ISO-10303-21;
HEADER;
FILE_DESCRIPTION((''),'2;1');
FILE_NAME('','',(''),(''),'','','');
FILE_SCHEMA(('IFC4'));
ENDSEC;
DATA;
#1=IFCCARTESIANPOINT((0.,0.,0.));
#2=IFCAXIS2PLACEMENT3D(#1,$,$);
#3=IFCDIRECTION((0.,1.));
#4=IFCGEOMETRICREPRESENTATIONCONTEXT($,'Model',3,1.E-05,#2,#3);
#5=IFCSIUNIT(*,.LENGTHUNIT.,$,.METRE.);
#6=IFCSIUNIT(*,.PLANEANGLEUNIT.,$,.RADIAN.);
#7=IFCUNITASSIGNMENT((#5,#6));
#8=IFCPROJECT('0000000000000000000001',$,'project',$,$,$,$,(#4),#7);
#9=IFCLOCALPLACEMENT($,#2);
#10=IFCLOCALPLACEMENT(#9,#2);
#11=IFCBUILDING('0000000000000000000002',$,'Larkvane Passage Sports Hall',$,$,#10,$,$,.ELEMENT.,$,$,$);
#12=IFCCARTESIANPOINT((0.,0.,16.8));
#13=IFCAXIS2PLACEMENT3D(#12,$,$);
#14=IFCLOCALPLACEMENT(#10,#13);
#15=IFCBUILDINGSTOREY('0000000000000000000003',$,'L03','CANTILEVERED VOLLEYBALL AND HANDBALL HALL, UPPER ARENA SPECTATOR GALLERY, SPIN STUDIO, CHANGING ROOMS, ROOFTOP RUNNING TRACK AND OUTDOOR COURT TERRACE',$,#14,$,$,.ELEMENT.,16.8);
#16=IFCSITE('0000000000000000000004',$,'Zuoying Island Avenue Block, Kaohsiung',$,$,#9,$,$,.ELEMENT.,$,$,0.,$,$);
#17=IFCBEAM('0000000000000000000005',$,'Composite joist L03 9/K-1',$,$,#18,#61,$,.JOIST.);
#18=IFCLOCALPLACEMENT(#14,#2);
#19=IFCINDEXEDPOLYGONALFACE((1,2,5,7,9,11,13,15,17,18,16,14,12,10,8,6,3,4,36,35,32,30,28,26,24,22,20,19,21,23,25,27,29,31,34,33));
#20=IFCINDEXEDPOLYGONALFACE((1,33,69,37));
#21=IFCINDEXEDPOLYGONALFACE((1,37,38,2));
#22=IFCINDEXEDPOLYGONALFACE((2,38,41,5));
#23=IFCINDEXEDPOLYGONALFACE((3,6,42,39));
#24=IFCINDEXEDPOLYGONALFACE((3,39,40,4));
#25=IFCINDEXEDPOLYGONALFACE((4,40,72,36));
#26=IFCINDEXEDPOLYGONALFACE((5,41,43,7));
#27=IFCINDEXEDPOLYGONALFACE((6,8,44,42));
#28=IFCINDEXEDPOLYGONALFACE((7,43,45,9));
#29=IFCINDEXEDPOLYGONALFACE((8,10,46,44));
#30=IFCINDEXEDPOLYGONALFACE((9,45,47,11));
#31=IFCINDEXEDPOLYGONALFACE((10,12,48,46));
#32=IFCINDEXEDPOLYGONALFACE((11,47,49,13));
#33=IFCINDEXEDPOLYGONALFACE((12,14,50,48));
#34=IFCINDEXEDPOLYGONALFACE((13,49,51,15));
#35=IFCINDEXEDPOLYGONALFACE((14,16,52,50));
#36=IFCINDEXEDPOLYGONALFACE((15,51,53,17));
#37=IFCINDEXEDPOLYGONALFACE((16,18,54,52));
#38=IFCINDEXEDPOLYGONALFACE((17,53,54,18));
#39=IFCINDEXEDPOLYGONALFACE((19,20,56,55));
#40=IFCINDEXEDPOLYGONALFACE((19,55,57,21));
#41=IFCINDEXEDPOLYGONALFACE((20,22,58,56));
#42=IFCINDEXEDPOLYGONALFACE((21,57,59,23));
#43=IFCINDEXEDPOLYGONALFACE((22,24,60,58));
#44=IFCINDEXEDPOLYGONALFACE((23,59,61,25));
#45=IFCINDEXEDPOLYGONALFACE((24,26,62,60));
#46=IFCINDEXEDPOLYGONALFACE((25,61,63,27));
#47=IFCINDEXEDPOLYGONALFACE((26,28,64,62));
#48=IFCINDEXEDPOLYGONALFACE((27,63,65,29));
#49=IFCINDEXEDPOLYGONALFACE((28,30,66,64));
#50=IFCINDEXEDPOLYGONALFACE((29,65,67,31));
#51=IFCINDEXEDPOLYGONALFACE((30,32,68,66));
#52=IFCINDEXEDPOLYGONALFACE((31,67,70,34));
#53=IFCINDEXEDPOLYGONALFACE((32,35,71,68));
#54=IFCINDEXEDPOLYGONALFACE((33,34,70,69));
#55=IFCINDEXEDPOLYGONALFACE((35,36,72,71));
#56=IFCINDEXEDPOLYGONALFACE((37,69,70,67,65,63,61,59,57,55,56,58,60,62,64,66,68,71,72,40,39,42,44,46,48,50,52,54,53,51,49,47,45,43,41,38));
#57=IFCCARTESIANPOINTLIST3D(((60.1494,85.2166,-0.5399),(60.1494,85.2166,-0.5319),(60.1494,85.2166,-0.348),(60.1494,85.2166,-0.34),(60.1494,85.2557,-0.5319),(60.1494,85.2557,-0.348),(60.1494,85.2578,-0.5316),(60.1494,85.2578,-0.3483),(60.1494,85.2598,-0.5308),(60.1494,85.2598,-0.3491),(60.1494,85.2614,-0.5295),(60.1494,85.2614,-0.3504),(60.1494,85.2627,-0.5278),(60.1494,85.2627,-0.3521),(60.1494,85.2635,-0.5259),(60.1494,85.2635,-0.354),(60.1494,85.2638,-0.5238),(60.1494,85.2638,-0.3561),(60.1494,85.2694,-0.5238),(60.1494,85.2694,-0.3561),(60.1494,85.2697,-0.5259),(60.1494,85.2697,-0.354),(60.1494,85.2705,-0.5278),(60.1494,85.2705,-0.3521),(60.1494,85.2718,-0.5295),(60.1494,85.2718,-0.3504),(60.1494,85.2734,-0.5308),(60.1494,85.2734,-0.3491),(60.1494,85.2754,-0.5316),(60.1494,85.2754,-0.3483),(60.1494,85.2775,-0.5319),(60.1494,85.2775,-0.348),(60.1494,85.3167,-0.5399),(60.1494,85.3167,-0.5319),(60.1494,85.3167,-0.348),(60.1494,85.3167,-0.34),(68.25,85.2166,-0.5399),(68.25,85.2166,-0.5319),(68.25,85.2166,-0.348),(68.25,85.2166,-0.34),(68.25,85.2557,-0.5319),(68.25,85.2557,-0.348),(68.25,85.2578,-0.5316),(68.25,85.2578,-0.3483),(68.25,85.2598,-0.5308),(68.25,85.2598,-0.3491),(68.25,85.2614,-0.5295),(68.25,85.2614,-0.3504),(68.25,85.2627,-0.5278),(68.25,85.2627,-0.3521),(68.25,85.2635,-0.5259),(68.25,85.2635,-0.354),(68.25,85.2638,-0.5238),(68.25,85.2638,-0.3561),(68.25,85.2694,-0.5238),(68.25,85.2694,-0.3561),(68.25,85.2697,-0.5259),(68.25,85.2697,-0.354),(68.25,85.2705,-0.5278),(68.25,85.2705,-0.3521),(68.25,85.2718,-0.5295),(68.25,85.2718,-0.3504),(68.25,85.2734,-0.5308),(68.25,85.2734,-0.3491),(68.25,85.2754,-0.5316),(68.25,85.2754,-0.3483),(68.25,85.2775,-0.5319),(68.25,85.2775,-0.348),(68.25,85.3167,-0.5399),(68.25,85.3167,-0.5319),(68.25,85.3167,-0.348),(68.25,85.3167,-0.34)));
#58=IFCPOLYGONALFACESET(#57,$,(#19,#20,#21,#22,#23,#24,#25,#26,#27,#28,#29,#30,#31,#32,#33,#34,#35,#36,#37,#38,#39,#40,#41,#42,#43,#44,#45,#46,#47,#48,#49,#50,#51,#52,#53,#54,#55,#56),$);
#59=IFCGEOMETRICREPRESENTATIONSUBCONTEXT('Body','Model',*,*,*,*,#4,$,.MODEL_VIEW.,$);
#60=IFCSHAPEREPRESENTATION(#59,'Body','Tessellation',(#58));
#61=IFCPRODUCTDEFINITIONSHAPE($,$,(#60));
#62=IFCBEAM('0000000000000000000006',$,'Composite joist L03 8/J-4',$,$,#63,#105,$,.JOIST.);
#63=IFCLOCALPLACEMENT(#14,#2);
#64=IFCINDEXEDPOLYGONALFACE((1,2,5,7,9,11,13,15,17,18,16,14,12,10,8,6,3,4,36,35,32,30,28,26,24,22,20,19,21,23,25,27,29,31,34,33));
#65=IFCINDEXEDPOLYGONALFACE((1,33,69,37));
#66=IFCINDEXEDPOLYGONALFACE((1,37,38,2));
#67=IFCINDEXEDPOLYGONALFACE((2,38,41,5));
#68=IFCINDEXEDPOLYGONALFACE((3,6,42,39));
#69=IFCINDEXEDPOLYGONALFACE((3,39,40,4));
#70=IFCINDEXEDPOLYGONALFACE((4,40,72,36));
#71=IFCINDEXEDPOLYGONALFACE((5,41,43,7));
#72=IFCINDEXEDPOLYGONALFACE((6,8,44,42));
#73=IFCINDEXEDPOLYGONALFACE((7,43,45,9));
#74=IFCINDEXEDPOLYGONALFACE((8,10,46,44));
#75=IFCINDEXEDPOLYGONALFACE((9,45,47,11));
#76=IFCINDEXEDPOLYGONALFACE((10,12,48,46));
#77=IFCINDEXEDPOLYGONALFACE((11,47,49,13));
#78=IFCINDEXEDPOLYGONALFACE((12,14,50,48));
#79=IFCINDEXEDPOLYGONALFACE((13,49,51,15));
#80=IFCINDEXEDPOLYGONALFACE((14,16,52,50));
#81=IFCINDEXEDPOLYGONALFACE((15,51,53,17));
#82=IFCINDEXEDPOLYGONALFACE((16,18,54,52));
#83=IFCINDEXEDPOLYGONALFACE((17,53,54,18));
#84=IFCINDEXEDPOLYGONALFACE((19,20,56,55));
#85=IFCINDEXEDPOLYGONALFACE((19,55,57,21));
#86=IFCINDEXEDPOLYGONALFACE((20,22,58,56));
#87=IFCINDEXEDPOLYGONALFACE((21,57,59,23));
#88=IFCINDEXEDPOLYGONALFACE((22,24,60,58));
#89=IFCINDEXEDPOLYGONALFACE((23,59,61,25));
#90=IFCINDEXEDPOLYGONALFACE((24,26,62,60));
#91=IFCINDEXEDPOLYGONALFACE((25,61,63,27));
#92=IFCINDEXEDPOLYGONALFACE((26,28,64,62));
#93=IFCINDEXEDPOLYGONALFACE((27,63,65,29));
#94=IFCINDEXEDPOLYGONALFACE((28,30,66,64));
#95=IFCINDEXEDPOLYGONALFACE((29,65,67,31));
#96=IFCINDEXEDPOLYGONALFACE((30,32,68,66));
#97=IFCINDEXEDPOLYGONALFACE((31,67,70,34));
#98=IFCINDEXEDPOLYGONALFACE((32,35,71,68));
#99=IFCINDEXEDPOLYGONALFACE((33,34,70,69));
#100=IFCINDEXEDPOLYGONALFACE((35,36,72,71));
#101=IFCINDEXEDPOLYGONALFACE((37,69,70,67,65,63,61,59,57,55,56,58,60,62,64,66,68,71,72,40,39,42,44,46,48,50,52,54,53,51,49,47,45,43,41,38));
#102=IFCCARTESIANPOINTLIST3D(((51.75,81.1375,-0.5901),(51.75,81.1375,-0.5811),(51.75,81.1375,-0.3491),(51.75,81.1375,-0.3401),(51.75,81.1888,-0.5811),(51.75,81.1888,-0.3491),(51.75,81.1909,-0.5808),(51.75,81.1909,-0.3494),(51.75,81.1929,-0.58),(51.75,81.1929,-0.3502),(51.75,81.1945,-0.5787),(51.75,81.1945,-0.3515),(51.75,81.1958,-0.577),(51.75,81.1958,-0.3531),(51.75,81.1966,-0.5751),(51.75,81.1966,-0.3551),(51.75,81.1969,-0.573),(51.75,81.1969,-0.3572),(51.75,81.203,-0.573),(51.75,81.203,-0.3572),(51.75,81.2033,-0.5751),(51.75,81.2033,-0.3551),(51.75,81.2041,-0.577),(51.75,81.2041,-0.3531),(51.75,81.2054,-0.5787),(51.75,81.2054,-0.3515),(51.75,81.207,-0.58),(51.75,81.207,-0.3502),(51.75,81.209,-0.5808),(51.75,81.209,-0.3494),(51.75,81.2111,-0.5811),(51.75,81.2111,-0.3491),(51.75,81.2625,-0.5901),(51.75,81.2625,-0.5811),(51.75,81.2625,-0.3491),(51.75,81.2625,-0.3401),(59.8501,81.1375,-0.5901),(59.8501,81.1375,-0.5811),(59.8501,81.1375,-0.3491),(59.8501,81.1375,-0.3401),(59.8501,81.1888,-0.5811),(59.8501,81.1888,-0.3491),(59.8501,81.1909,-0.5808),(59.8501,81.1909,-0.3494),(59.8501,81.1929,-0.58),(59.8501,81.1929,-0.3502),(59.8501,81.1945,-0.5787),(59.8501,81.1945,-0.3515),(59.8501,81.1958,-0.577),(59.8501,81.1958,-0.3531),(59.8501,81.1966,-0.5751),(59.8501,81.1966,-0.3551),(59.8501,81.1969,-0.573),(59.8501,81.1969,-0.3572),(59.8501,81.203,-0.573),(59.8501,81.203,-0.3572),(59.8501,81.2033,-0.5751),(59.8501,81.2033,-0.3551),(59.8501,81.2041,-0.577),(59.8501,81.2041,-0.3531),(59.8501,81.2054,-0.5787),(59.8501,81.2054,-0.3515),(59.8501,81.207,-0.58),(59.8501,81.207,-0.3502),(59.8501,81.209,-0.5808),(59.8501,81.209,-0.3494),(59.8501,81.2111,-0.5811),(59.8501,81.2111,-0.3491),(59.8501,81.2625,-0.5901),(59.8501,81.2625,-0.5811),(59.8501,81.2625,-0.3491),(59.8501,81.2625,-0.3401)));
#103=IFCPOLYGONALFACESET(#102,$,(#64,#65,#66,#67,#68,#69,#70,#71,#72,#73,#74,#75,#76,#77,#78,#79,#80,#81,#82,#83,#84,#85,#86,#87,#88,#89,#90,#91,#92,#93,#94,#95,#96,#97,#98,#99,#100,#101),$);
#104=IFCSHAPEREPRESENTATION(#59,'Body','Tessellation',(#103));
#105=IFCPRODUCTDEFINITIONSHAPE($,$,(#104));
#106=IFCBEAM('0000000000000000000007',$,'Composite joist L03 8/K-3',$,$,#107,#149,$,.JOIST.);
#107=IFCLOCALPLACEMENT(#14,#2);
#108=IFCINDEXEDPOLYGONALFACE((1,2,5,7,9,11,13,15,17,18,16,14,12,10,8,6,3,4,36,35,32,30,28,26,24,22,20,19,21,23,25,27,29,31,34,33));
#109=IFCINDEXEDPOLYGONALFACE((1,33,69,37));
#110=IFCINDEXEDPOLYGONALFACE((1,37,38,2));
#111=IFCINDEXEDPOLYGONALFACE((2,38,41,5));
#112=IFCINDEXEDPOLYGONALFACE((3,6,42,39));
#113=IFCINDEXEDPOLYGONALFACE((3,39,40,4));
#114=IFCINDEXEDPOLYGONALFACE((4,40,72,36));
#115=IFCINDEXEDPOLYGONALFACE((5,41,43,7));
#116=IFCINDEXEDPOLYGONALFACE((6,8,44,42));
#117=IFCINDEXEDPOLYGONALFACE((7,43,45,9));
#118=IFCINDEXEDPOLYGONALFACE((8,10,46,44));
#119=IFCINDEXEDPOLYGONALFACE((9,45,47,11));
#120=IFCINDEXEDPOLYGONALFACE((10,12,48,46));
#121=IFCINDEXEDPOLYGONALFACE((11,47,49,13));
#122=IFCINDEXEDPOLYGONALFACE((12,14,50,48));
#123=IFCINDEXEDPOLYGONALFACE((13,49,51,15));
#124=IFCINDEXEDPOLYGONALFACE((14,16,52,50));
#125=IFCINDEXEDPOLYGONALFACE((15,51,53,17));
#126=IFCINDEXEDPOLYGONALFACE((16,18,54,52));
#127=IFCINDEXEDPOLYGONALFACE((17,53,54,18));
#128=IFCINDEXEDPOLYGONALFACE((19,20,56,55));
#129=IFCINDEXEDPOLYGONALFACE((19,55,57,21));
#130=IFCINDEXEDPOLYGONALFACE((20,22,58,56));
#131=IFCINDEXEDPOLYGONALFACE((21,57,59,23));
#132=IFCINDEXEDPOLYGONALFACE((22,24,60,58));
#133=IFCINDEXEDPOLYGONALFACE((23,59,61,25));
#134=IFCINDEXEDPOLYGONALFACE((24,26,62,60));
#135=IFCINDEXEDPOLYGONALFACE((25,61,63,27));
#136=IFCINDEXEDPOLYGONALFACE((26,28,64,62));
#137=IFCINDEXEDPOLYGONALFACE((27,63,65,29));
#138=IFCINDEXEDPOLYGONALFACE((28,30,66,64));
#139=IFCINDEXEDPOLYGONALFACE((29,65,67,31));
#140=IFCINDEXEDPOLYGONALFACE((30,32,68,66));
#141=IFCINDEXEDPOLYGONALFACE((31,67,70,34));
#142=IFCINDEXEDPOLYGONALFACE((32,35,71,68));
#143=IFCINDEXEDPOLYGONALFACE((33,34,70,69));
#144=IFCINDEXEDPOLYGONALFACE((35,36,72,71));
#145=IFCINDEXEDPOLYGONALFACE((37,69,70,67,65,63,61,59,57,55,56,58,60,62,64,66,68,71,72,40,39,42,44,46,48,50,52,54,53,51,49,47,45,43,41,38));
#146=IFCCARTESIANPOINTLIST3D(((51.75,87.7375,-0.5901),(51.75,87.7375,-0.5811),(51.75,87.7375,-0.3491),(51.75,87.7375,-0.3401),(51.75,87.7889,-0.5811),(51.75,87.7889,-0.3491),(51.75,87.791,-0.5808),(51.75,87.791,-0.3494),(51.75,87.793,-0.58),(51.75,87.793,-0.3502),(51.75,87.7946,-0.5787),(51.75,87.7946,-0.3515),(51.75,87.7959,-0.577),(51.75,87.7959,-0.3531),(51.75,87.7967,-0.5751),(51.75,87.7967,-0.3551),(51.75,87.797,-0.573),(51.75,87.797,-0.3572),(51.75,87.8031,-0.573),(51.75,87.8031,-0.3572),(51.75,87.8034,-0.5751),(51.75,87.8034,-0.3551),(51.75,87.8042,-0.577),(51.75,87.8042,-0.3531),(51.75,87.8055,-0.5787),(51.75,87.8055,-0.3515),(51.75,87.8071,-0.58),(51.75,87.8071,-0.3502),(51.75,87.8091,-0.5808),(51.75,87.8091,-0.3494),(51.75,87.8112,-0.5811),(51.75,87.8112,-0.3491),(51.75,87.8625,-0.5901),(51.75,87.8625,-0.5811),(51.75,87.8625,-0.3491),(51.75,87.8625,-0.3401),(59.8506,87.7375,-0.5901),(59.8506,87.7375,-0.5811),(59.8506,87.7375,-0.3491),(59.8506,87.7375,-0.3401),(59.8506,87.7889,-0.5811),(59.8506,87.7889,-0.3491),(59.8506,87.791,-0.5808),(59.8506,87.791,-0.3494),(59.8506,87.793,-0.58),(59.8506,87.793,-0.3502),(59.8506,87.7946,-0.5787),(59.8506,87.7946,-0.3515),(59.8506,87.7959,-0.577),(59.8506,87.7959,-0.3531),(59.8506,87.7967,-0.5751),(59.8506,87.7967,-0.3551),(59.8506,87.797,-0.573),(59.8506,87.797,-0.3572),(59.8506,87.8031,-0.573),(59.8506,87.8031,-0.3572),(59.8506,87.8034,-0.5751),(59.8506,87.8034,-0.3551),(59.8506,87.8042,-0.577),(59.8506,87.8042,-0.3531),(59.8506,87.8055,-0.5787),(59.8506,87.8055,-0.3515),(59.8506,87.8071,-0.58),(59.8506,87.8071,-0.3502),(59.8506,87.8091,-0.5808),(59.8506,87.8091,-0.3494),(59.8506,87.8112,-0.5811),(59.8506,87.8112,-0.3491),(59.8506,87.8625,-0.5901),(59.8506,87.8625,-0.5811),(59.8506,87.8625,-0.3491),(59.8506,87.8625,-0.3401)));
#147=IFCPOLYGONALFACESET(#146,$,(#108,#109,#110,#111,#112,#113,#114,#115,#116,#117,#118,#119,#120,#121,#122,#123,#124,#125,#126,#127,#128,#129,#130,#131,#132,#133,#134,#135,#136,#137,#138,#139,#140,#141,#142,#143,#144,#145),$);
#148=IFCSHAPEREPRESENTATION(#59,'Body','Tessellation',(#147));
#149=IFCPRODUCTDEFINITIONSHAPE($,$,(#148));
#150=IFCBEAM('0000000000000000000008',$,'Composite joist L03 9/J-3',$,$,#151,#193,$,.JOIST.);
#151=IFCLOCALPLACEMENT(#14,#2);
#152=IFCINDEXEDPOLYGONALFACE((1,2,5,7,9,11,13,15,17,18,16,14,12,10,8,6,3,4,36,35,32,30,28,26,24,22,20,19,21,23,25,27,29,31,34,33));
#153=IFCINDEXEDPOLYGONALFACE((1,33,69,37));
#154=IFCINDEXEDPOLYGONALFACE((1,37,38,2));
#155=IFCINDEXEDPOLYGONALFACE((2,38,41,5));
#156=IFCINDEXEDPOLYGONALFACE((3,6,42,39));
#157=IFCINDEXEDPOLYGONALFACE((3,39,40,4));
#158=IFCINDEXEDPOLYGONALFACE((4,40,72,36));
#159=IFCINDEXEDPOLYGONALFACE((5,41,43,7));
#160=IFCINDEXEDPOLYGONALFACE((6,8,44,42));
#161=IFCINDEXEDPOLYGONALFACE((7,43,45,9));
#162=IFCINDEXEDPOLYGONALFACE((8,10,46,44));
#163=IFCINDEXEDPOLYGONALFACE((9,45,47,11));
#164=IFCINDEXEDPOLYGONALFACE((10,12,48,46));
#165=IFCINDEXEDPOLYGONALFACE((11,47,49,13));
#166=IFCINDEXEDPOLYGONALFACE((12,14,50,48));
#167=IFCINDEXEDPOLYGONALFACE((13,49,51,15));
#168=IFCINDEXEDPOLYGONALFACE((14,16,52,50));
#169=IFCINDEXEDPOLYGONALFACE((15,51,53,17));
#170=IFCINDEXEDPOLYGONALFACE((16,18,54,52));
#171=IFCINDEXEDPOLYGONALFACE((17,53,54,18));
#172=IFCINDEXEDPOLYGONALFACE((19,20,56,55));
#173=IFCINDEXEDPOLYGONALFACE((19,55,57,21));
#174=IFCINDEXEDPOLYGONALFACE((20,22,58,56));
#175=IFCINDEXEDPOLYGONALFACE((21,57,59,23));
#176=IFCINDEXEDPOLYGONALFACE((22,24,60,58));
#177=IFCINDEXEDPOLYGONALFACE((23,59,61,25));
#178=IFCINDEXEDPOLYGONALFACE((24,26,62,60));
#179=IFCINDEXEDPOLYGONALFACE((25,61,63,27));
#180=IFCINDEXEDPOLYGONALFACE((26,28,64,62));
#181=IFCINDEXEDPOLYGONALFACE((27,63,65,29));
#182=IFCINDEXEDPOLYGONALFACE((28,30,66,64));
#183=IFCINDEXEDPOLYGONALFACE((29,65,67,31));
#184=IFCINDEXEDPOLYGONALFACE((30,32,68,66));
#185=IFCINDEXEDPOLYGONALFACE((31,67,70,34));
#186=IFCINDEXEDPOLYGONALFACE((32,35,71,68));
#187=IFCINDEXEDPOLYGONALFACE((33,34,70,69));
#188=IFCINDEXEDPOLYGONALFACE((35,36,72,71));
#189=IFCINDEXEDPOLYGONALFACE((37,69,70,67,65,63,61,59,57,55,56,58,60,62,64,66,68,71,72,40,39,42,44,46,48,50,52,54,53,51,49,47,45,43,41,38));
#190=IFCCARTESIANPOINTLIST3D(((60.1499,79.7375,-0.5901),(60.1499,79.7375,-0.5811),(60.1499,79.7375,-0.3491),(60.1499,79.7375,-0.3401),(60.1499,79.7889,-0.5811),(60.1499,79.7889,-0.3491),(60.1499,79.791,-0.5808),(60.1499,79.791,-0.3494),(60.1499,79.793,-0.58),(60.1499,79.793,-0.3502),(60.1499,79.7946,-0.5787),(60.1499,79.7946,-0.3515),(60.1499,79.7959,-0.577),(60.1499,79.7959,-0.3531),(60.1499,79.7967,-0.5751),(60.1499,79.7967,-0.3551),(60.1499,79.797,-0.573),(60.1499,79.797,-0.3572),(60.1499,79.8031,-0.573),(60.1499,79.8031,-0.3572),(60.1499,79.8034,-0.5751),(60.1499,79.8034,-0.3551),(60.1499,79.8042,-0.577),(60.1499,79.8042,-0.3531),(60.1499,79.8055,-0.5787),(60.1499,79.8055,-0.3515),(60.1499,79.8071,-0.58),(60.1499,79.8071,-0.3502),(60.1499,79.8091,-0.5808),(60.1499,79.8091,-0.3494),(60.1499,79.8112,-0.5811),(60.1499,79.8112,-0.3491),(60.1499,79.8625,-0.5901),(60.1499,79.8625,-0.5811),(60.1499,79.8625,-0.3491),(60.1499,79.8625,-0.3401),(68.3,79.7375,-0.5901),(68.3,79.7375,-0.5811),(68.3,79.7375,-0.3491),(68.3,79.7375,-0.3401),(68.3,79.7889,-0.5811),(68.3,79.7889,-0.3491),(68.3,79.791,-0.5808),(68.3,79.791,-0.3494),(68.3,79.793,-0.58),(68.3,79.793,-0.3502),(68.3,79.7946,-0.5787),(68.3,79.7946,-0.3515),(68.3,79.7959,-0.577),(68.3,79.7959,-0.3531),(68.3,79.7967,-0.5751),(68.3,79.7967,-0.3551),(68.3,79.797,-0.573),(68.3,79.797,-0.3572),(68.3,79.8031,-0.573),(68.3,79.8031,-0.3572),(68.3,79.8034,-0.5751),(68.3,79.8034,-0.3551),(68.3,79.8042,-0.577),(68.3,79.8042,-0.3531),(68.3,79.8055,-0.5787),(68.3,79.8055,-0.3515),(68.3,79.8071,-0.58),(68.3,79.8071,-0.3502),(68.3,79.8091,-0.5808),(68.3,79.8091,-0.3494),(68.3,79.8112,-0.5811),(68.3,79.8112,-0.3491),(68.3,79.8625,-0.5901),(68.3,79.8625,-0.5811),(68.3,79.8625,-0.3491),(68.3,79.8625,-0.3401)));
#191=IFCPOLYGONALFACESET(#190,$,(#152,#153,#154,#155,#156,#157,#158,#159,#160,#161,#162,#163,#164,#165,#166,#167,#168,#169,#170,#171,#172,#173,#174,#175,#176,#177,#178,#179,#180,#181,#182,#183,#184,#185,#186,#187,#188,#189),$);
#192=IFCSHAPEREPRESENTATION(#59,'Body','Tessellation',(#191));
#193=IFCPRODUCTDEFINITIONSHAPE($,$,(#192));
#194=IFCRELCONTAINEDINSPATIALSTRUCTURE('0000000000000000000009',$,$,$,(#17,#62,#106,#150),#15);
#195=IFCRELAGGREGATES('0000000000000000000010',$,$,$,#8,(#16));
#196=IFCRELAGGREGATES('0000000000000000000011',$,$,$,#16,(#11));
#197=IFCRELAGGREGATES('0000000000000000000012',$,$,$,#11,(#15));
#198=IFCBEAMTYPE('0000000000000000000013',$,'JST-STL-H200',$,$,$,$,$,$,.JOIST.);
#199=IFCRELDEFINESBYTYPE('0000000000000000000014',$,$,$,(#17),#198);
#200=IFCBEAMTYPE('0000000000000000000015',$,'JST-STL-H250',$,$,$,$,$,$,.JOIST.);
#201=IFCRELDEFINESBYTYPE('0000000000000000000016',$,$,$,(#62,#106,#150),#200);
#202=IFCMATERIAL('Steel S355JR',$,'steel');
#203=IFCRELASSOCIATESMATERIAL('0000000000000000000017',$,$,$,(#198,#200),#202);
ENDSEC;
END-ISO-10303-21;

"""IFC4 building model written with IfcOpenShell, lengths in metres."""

from ifc_helpers import new_model, si_unit, direction, frame, origin, origin_2d, place, context, subcontext, project, spatial, i_section, extrude, material, material_profile, profile_set, type_object, element, save


model = new_model("IFC4")

# Units and contexts
model_context = context("Model", 3, precision=1e-05, world=origin(), true_north=direction((0.0, 1.0)))
body_context = subcontext(model_context, "Body", "Model", "MODEL_VIEW")
ifc_project = project(units=[si_unit("LENGTHUNIT", "METRE"), si_unit("PLANEANGLEUNIT", "RADIAN")], contexts=[model_context])

# Site, building, storey
site_placement = place(None, origin())
site = spatial("IfcSite", under=ifc_project, at=site_placement, Name="Zuoying Island Avenue Block, Kaohsiung", CompositionType="ELEMENT", RefElevation=0.0)
building_placement = place(site_placement, origin())
building = spatial("IfcBuilding", under=site, at=building_placement, Name="Larkvane Passage Sports Hall", CompositionType="ELEMENT")
storey_placement = place(building_placement, frame((0.0, 0.0, 16.8)))
storey = spatial("IfcBuildingStorey", under=building, at=storey_placement, Name="L03", Description="CANTILEVERED VOLLEYBALL AND HANDBALL HALL, UPPER ARENA SPECTATOR GALLERY, SPIN STUDIO, CHANGING ROOMS, ROOFTOP RUNNING TRACK AND OUTDOOR COURT TERRACE", CompositionType="ELEMENT", Elevation=16.8)

# Shared definitions
ifc_material_1 = material(Name="Steel S355JR", Category="steel")

# Beams
ifc_material_profile_1 = material_profile(ifc_material_1, i_section(OverallWidth=0.1001, OverallDepth=0.2, WebThickness=0.0056, FlangeThickness=0.0081, FilletRadius=0.0081, at=origin_2d()), Name="H-200x100x5.5x8")
ifc_profile_set_1 = profile_set([ifc_material_profile_1], Name="Steel S355JR")
beam_type_1 = type_object("IfcBeamType", Name="JST-STL-H200", PredefinedType="JOIST", material=ifc_profile_set_1)
for number, where, z_axis, x_axis, name in (
    (1, (60.1494, 85.2666, -0.4399), (1.0, 0.0, 0.0), (0.0, 1.0, 0.0), "Composite joist L03 9/K-1"),
):
    element("IfcBeam", number, at=place(storey_placement, frame(where, z_axis=z_axis, x_axis=x_axis)), inside=storey, type_object=beam_type_1, Name=name, PredefinedType="JOIST", context=body_context, shape_type="SweptSolid", body=[
        extrude(i_section(OverallWidth=0.1001, OverallDepth=0.2, WebThickness=0.0056, FlangeThickness=0.0081, FilletRadius=0.0081, at=origin_2d()), origin(), (0.0, 0.0, 1.0), 8.1006),
    ])
ifc_material_profile_2 = material_profile(ifc_material_1, i_section(OverallWidth=0.125, OverallDepth=0.25, WebThickness=0.0061, FlangeThickness=0.009, FilletRadius=0.0081, at=origin_2d()), Name="H-250x125x6x9")
ifc_profile_set_2 = profile_set([ifc_material_profile_2], Name="Steel S355JR")
beam_type_2 = type_object("IfcBeamType", Name="JST-STL-H250", PredefinedType="JOIST", material=ifc_profile_set_2)
beam_1_placement = place(storey_placement, frame((51.75, 81.2, -0.4651), z_axis=(1.0, 0.0, 0.0), x_axis=(0.0, 1.0, 0.0)))
element("IfcBeam", 2, at=beam_1_placement, inside=storey, type_object=beam_type_2, Name="Composite joist L03 8/J-4", PredefinedType="JOIST", context=body_context, shape_type="SweptSolid", body=[
    extrude(i_section(OverallWidth=0.125, OverallDepth=0.25, WebThickness=0.0061, FlangeThickness=0.009, FilletRadius=0.0081, at=origin_2d()), origin(), (0.0, 0.0, 1.0), 8.1001),
])
beam_2_placement = place(storey_placement, frame((51.75, 87.8, -0.4651), z_axis=(1.0, 0.0, 0.0), x_axis=(0.0, 1.0, 0.0)))
element("IfcBeam", 3, at=beam_2_placement, inside=storey, type_object=beam_type_2, Name="Composite joist L03 8/K-3", PredefinedType="JOIST", context=body_context, shape_type="SweptSolid", body=[
    extrude(i_section(OverallWidth=0.125, OverallDepth=0.25, WebThickness=0.0061, FlangeThickness=0.009, FilletRadius=0.0081, at=origin_2d()), origin(), (0.0, 0.0, 1.0), 8.1006),
])
beam_3_placement = place(storey_placement, frame((60.1499, 79.8, -0.4651), z_axis=(1.0, 0.0, 0.0), x_axis=(0.0, 1.0, 0.0)))
element("IfcBeam", 4, at=beam_3_placement, inside=storey, type_object=beam_type_2, Name="Composite joist L03 9/J-3", PredefinedType="JOIST", context=body_context, shape_type="SweptSolid", body=[
    extrude(i_section(OverallWidth=0.125, OverallDepth=0.25, WebThickness=0.0061, FlangeThickness=0.009, FilletRadius=0.0081, at=origin_2d()), origin(), (0.0, 0.0, 1.0), 8.1501),
])

save(model, "model.ifc")
